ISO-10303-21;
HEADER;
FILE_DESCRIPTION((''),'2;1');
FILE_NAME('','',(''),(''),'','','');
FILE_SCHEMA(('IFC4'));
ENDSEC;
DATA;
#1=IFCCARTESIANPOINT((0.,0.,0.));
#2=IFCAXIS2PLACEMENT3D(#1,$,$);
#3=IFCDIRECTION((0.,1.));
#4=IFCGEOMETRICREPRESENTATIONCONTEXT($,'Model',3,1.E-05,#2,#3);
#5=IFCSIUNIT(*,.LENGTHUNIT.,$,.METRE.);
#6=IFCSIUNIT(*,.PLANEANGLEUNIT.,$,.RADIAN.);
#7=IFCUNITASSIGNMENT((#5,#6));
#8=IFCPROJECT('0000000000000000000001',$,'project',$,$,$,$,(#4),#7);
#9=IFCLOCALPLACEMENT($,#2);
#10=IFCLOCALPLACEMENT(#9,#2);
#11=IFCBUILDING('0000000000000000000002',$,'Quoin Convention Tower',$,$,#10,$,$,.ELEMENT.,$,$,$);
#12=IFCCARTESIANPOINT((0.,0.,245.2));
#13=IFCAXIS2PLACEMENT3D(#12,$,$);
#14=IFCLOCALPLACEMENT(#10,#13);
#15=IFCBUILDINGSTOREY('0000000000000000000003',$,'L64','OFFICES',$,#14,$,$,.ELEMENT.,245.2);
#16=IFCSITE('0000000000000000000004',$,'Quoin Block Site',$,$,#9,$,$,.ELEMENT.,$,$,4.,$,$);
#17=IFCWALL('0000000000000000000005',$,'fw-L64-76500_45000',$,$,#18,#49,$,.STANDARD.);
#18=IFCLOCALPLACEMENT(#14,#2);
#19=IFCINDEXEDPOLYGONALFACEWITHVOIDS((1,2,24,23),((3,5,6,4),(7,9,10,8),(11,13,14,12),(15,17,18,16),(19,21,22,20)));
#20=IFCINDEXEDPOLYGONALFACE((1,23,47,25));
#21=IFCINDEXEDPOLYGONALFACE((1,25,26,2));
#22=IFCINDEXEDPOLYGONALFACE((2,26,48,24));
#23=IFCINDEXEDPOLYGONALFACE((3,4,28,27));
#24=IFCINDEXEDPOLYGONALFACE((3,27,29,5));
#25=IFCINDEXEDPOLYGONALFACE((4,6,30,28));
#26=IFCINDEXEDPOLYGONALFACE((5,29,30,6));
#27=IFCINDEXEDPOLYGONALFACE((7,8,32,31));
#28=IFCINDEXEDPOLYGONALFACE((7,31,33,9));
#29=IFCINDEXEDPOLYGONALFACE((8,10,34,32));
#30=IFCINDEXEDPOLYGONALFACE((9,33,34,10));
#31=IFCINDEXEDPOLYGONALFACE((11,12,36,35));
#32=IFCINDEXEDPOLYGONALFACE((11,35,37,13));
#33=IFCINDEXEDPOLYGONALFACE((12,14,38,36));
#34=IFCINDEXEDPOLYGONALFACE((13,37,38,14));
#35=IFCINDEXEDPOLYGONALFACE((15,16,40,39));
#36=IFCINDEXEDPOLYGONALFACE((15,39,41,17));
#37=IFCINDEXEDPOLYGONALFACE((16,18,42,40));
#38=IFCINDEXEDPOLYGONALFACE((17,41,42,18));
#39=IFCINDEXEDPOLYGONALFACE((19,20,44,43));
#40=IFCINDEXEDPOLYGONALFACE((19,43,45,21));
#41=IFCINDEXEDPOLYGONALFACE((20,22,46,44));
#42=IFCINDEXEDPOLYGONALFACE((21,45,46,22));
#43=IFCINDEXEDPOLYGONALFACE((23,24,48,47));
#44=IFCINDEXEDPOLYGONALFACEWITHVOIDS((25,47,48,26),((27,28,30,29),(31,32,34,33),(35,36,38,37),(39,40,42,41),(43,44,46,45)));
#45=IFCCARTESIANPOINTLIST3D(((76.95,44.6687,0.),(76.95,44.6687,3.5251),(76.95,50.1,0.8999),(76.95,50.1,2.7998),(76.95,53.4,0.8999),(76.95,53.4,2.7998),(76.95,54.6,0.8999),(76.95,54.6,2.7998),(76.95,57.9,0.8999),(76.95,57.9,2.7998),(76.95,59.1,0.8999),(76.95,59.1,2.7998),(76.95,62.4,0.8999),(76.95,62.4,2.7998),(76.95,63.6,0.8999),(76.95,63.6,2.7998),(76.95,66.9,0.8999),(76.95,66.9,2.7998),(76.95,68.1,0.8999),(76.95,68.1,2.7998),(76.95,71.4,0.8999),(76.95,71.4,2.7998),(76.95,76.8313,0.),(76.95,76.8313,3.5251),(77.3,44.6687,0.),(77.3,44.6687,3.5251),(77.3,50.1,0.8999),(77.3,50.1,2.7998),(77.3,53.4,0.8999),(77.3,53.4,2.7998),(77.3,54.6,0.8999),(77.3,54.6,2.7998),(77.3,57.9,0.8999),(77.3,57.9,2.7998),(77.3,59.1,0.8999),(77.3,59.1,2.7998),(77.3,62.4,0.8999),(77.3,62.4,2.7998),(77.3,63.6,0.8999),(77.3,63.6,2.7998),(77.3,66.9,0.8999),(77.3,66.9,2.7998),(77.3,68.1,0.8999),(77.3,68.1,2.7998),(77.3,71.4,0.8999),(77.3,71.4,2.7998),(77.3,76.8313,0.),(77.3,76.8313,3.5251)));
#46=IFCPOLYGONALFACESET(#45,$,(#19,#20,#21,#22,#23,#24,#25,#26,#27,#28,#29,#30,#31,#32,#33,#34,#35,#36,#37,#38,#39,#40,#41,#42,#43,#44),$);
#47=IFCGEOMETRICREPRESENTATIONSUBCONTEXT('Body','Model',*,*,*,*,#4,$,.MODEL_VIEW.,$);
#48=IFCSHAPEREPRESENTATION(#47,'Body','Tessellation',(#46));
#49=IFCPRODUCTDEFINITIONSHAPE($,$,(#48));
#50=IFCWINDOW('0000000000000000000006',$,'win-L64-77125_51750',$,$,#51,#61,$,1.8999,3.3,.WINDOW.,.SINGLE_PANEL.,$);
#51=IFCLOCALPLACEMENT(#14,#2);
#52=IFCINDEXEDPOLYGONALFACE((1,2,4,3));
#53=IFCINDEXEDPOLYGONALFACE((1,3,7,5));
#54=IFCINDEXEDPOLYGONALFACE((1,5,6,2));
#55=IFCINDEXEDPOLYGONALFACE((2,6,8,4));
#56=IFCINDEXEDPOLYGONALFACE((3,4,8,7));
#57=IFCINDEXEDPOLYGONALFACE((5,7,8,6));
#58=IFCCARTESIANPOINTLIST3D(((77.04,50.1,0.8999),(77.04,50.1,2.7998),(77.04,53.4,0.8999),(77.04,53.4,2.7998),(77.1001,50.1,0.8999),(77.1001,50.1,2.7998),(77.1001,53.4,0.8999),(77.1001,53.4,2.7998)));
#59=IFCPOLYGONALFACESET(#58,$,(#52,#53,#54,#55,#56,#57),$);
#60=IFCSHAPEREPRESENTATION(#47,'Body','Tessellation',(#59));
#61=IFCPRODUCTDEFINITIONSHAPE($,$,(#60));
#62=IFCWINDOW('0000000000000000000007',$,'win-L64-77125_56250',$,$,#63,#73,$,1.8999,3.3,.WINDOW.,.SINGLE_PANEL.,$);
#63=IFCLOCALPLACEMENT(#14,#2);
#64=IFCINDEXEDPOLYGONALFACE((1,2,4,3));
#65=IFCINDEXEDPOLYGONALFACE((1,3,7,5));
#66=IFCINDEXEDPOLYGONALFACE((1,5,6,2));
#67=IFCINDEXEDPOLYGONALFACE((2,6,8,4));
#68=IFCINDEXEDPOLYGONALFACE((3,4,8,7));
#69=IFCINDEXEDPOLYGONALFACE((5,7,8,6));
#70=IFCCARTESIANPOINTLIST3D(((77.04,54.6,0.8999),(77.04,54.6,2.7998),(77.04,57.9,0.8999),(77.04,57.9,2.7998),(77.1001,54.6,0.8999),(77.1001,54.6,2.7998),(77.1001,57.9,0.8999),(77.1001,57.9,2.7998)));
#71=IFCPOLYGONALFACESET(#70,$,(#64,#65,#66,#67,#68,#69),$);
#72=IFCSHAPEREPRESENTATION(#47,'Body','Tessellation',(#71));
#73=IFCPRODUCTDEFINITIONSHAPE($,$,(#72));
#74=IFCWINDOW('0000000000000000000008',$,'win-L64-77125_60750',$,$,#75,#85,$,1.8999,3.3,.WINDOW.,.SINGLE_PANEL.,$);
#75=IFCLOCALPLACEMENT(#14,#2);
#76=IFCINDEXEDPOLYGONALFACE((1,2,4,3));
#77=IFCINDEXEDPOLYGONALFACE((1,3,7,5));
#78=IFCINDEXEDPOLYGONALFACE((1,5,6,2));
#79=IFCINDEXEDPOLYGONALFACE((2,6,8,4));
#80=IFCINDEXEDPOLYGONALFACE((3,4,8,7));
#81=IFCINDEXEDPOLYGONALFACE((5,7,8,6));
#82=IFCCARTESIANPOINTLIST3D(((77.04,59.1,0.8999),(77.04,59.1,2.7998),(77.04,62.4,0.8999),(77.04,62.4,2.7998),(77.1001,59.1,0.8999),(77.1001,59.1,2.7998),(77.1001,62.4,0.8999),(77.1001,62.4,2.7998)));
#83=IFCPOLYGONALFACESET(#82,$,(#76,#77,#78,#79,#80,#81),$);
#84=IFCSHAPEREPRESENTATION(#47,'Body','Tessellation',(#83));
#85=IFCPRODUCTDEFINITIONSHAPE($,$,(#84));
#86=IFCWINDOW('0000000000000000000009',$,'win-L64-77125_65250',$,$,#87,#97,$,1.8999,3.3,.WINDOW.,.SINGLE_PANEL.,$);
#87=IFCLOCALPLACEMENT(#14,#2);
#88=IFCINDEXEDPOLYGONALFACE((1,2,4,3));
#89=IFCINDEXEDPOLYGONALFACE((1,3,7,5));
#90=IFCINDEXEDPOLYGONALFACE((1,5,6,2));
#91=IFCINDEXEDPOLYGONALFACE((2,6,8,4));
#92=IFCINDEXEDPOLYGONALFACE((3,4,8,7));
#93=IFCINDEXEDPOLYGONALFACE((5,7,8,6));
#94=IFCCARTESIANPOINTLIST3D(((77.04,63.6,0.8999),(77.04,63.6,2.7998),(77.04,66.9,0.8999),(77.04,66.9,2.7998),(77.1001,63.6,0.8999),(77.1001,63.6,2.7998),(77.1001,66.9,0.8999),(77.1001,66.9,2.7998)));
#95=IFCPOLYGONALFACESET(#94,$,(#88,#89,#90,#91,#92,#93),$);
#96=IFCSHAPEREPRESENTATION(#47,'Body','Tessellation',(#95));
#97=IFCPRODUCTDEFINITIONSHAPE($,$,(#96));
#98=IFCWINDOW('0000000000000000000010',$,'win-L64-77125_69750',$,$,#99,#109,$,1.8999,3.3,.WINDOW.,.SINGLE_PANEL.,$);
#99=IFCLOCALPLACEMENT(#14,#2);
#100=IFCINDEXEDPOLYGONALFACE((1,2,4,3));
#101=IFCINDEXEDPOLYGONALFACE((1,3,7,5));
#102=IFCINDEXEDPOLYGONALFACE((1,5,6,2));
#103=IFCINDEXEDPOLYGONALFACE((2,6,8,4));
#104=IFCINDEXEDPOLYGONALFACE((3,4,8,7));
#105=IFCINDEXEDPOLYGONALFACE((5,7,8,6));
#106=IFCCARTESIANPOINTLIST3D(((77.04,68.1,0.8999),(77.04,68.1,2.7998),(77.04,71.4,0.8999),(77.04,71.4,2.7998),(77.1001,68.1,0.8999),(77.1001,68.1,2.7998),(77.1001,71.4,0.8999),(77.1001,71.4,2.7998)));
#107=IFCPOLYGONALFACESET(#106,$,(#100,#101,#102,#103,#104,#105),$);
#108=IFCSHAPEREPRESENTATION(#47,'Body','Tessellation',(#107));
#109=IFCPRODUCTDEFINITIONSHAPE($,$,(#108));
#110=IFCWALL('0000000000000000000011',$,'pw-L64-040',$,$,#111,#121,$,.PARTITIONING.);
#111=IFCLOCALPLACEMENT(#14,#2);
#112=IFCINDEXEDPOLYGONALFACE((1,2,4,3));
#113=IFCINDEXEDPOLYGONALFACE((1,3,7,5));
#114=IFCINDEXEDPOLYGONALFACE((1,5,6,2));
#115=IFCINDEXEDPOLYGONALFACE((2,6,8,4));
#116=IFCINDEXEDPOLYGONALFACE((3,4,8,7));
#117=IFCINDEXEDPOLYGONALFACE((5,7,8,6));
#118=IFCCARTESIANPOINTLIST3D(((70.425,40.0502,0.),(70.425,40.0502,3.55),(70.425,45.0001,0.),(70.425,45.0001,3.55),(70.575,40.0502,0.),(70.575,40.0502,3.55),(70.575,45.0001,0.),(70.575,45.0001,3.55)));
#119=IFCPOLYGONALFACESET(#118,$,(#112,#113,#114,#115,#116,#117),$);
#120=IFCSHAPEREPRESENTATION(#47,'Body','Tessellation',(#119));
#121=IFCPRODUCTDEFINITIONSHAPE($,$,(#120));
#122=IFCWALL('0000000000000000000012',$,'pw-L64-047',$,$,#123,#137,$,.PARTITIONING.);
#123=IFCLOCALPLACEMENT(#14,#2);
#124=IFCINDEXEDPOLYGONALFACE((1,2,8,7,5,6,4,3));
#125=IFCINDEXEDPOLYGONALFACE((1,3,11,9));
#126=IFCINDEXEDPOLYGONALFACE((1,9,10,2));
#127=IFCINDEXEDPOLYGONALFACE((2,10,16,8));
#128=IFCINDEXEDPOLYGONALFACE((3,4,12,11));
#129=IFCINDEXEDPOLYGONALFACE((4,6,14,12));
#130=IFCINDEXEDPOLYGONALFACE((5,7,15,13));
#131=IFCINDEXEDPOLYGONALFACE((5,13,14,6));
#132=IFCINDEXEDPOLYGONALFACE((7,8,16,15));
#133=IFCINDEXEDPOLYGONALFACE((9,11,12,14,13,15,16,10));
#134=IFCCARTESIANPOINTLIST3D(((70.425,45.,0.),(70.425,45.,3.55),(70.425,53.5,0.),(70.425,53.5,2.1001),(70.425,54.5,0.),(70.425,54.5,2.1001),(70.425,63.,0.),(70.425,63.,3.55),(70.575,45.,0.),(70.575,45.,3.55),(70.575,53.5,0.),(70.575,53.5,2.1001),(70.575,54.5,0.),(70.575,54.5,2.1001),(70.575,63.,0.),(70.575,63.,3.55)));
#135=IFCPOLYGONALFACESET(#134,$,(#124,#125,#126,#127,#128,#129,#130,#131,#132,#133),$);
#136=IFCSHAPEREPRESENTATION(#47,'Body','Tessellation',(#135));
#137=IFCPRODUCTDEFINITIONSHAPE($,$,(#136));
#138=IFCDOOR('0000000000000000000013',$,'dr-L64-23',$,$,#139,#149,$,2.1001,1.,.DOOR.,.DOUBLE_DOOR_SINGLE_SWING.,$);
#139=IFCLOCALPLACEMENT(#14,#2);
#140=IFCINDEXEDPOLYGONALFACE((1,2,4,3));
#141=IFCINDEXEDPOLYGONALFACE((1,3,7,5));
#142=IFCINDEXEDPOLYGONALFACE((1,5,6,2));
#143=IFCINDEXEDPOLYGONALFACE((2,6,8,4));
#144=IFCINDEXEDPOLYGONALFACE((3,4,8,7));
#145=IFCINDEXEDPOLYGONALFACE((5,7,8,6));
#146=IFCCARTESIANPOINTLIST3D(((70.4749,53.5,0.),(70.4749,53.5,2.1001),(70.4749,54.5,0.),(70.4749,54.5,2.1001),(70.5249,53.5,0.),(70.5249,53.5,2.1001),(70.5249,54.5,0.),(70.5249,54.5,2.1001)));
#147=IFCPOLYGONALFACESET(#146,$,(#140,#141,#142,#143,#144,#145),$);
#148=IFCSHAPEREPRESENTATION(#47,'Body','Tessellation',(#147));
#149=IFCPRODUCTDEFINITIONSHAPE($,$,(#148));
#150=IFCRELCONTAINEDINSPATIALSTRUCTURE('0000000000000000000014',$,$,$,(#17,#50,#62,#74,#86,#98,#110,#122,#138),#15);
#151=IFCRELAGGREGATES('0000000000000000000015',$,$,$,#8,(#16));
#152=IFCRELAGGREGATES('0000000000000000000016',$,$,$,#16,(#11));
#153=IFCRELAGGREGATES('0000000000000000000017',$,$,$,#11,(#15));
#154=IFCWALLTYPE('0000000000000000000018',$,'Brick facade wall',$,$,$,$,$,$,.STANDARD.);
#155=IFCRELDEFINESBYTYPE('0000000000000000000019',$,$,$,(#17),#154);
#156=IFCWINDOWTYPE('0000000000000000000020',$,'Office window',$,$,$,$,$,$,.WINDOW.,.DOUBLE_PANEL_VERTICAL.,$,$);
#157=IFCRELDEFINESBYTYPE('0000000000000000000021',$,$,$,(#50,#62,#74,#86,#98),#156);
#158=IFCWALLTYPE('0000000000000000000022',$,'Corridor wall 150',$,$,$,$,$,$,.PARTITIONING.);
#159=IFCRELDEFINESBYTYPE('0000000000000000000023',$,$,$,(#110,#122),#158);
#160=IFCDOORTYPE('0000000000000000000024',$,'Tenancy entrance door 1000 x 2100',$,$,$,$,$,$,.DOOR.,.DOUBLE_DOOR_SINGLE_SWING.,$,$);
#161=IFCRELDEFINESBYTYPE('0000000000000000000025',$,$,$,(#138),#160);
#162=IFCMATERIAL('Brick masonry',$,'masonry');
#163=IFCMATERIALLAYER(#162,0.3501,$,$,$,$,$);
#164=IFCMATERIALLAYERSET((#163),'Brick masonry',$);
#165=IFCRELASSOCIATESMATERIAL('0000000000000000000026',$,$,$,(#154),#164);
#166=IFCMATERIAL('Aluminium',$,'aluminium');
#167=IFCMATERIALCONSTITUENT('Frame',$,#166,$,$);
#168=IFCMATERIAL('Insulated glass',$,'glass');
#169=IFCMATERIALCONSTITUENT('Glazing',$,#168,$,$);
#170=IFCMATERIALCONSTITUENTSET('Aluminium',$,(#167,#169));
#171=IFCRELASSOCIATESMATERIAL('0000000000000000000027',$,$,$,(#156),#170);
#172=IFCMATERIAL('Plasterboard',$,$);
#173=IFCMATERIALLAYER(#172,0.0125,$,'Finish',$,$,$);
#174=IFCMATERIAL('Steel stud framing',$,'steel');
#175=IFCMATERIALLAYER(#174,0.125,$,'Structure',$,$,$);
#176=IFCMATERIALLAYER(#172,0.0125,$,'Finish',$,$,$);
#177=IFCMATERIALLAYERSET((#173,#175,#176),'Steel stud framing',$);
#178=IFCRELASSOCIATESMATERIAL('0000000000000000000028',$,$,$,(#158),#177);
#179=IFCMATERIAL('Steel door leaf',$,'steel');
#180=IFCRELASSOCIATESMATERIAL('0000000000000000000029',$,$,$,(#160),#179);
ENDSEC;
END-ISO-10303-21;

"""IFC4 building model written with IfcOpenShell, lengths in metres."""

from ifc_helpers import new_model, si_unit, direction, frame, frame_2d, origin, place, context, subcontext, project, spatial, rectangle, extrude, material, layer, layer_set, constituent, constituent_set, type_object, element, fill, save


model = new_model("IFC4")

# Units and contexts
model_context = context("Model", 3, precision=1e-05, world=origin(), true_north=direction((0.0, 1.0)))
body_context = subcontext(model_context, "Body", "Model", "MODEL_VIEW")
ifc_project = project(units=[si_unit("LENGTHUNIT", "METRE"), si_unit("PLANEANGLEUNIT", "RADIAN")], contexts=[model_context])

# Site, building, storey
site_placement = place(None, origin())
site = spatial("IfcSite", under=ifc_project, at=site_placement, Name="Quoin Block Site", CompositionType="ELEMENT", RefElevation=4.0)
building_placement = place(site_placement, origin())
building = spatial("IfcBuilding", under=site, at=building_placement, Name="Quoin Convention Tower", CompositionType="ELEMENT")
storey_placement = place(building_placement, frame((0.0, 0.0, 245.2)))
storey = spatial("IfcBuildingStorey", under=building, at=storey_placement, Name="L64", Description="OFFICES", CompositionType="ELEMENT", Elevation=245.2)

# Shared definitions
ifc_material_1 = material(Name="Brick masonry", Category="masonry")
ifc_layer_1 = layer(ifc_material_1, 0.3501)
ifc_layer_set_1 = layer_set([ifc_layer_1], Name="Brick masonry")
wall_type_1 = type_object("IfcWallType", Name="Brick facade wall", PredefinedType="STANDARD", material=ifc_layer_set_1)
ifc_material_2 = material(Name="Aluminium", Category="aluminium")
ifc_constituent_1 = constituent(ifc_material_2, Name="Frame")
ifc_material_3 = material(Name="Insulated glass", Category="glass")
ifc_constituent_2 = constituent(ifc_material_3, Name="Glazing")
ifc_constituent_set = constituent_set(constituents=[ifc_constituent_1, ifc_constituent_2], Name="Aluminium")
window_type = type_object("IfcWindowType", Name="Office window", PartitioningType="DOUBLE_PANEL_VERTICAL", PredefinedType="WINDOW", material=ifc_constituent_set)

# Wall, openings, windows
wall_1_placement = place(storey_placement, frame((77.125, 44.6687, 0.0), z_axis=(0.0, 0.0, 1.0), x_axis=(0.0, 1.0, 0.0)))
wall_1 = element("IfcWall", 1, at=wall_1_placement, inside=storey, type_object=wall_type_1, Name="fw-L64-76500_45000", PredefinedType="STANDARD", context=body_context, shape_type="SweptSolid", body=[
    extrude(rectangle(XDim=32.1626, YDim=0.3501, at=frame_2d((16.0813, 0.0))), origin(), (0.0, 0.0, 1.0), 3.5251),
])
opening_1_placement = place(wall_1_placement, frame((5.4314, 0.0, 0.8999)))
opening_1 = element("IfcOpeningElement", 2, at=opening_1_placement, cuts=wall_1, PredefinedType="OPENING", context=body_context, shape_type="SweptSolid", body=[
    extrude(rectangle(XDim=3.3, YDim=1.8999, at=frame_2d((1.6499, 0.95))), frame((0.0, 0.1851, 0.0), z_axis=(0.0, -1.0, 0.0), x_axis=(1.0, 0.0, 0.0)), (0.0, 0.0, 1.0), 0.3701),
])
opening_2_placement = place(wall_1_placement, frame((9.9314, 0.0, 0.8999)))
opening_2 = element("IfcOpeningElement", 3, at=opening_2_placement, cuts=wall_1, PredefinedType="OPENING", context=body_context, shape_type="SweptSolid", body=[
    extrude(rectangle(XDim=3.3, YDim=1.8999, at=frame_2d((1.6499, 0.95))), frame((0.0, 0.1851, 0.0), z_axis=(0.0, -1.0, 0.0), x_axis=(1.0, 0.0, 0.0)), (0.0, 0.0, 1.0), 0.3701),
])
opening_3_placement = place(wall_1_placement, frame((14.4314, 0.0, 0.8999)))
opening_3 = element("IfcOpeningElement", 4, at=opening_3_placement, cuts=wall_1, PredefinedType="OPENING", context=body_context, shape_type="SweptSolid", body=[
    extrude(rectangle(XDim=3.3, YDim=1.8999, at=frame_2d((1.6499, 0.95))), frame((0.0, 0.1851, 0.0), z_axis=(0.0, -1.0, 0.0), x_axis=(1.0, 0.0, 0.0)), (0.0, 0.0, 1.0), 0.3701),
])
opening_4_placement = place(wall_1_placement, frame((18.9314, 0.0, 0.8999)))
opening_4 = element("IfcOpeningElement", 5, at=opening_4_placement, cuts=wall_1, PredefinedType="OPENING", context=body_context, shape_type="SweptSolid", body=[
    extrude(rectangle(XDim=3.3, YDim=1.8999, at=frame_2d((1.6499, 0.95))), frame((0.0, 0.1851, 0.0), z_axis=(0.0, -1.0, 0.0), x_axis=(1.0, 0.0, 0.0)), (0.0, 0.0, 1.0), 0.3701),
])
opening_5_placement = place(wall_1_placement, frame((23.4314, 0.0, 0.8999)))
opening_5 = element("IfcOpeningElement", 6, at=opening_5_placement, cuts=wall_1, PredefinedType="OPENING", context=body_context, shape_type="SweptSolid", body=[
    extrude(rectangle(XDim=3.3, YDim=1.8999, at=frame_2d((1.6499, 0.95))), frame((0.0, 0.1851, 0.0), z_axis=(0.0, -1.0, 0.0), x_axis=(1.0, 0.0, 0.0)), (0.0, 0.0, 1.0), 0.3701),
])
window_1_placement = place(opening_1_placement, origin())
window_1 = element("IfcWindow", 7, at=window_1_placement, inside=storey, type_object=window_type, Name="win-L64-77125_51750", OverallHeight=1.8999, OverallWidth=3.3, PartitioningType="SINGLE_PANEL", PredefinedType="WINDOW", context=body_context, shape_type="SweptSolid", body=[
    extrude(rectangle(XDim=3.3, YDim=1.8999, at=frame_2d((1.6499, 0.95))), frame((0.0, 0.085, 0.0), z_axis=(0.0, -1.0, 0.0), x_axis=(1.0, 0.0, 0.0)), (0.0, 0.0, 1.0), 0.0601),
])
fill(opening_1, window_1)
window_2_placement = place(opening_2_placement, origin())
window_2 = element("IfcWindow", 8, at=window_2_placement, inside=storey, type_object=window_type, Name="win-L64-77125_56250", OverallHeight=1.8999, OverallWidth=3.3, PartitioningType="SINGLE_PANEL", PredefinedType="WINDOW", context=body_context, shape_type="SweptSolid", body=[
    extrude(rectangle(XDim=3.3, YDim=1.8999, at=frame_2d((1.6499, 0.95))), frame((0.0, 0.085, 0.0), z_axis=(0.0, -1.0, 0.0), x_axis=(1.0, 0.0, 0.0)), (0.0, 0.0, 1.0), 0.0601),
])
fill(opening_2, window_2)
window_3_placement = place(opening_3_placement, origin())
window_3 = element("IfcWindow", 9, at=window_3_placement, inside=storey, type_object=window_type, Name="win-L64-77125_60750", OverallHeight=1.8999, OverallWidth=3.3, PartitioningType="SINGLE_PANEL", PredefinedType="WINDOW", context=body_context, shape_type="SweptSolid", body=[
    extrude(rectangle(XDim=3.3, YDim=1.8999, at=frame_2d((1.6499, 0.95))), frame((0.0, 0.085, 0.0), z_axis=(0.0, -1.0, 0.0), x_axis=(1.0, 0.0, 0.0)), (0.0, 0.0, 1.0), 0.0601),
])
fill(opening_3, window_3)
window_4_placement = place(opening_4_placement, origin())
window_4 = element("IfcWindow", 10, at=window_4_placement, inside=storey, type_object=window_type, Name="win-L64-77125_65250", OverallHeight=1.8999, OverallWidth=3.3, PartitioningType="SINGLE_PANEL", PredefinedType="WINDOW", context=body_context, shape_type="SweptSolid", body=[
    extrude(rectangle(XDim=3.3, YDim=1.8999, at=frame_2d((1.6499, 0.95))), frame((0.0, 0.085, 0.0), z_axis=(0.0, -1.0, 0.0), x_axis=(1.0, 0.0, 0.0)), (0.0, 0.0, 1.0), 0.0601),
])
fill(opening_4, window_4)
window_5_placement = place(opening_5_placement, origin())
window_5 = element("IfcWindow", 11, at=window_5_placement, inside=storey, type_object=window_type, Name="win-L64-77125_69750", OverallHeight=1.8999, OverallWidth=3.3, PartitioningType="SINGLE_PANEL", PredefinedType="WINDOW", context=body_context, shape_type="SweptSolid", body=[
    extrude(rectangle(XDim=3.3, YDim=1.8999, at=frame_2d((1.6499, 0.95))), frame((0.0, 0.085, 0.0), z_axis=(0.0, -1.0, 0.0), x_axis=(1.0, 0.0, 0.0)), (0.0, 0.0, 1.0), 0.0601),
])
fill(opening_5, window_5)

# Wall
ifc_material_4 = material(Name="Plasterboard")
ifc_layer_2 = layer(ifc_material_4, 0.0125, Name="Finish")
ifc_material_5 = material(Name="Steel stud framing", Category="steel")
ifc_layer_3 = layer(ifc_material_5, 0.125, Name="Structure")
ifc_layer_4 = layer(ifc_material_4, 0.0125, Name="Finish")
ifc_layer_set_2 = layer_set([ifc_layer_2, ifc_layer_3, ifc_layer_4], Name="Steel stud framing")
wall_type_2 = type_object("IfcWallType", Name="Corridor wall 150", PredefinedType="PARTITIONING", material=ifc_layer_set_2)
wall_2_placement = place(storey_placement, frame((70.5, 40.05, 0.0), z_axis=(0.0, 0.0, 1.0), x_axis=(0.0, 1.0, 0.0)))
element("IfcWall", 12, at=wall_2_placement, inside=storey, type_object=wall_type_2, Name="pw-L64-040", PredefinedType="PARTITIONING", context=body_context, shape_type="SweptSolid", body=[
    extrude(rectangle(XDim=4.95, YDim=0.1499, at=frame_2d((2.4751, 0.0))), origin(), (0.0, 0.0, 1.0), 3.55),
])

# Wall, opening, door
wall_3_placement = place(storey_placement, frame((70.5, 45.0, 0.0), z_axis=(0.0, 0.0, 1.0), x_axis=(0.0, 1.0, 0.0)))
wall_3 = element("IfcWall", 13, at=wall_3_placement, inside=storey, type_object=wall_type_2, Name="pw-L64-047", PredefinedType="PARTITIONING", context=body_context, shape_type="SweptSolid", body=[
    extrude(rectangle(XDim=18.0, YDim=0.1499, at=frame_2d((9.0, 0.0))), origin(), (0.0, 0.0, 1.0), 3.55),
])
opening_6_placement = place(wall_3_placement, frame((8.5, 0.0, 0.0)))
opening_6 = element("IfcOpeningElement", 14, at=opening_6_placement, cuts=wall_3, PredefinedType="OPENING", context=body_context, shape_type="SweptSolid", body=[
    extrude(rectangle(XDim=1.0, YDim=2.1001, at=frame_2d((0.5, 1.05))), frame((0.0, 0.085, 0.0), z_axis=(0.0, -1.0, 0.0), x_axis=(1.0, 0.0, 0.0)), (0.0, 0.0, 1.0), 0.1699),
])
ifc_material_6 = material(Name="Steel door leaf", Category="steel")
door_type_1 = type_object("IfcDoorType", Name="Tenancy entrance door 1000 x 2100", OperationType="DOUBLE_DOOR_SINGLE_SWING", PredefinedType="DOOR", material=ifc_material_6)
door_1_placement = place(opening_6_placement, frame((1.0, 0.0, 0.0), z_axis=(0.0, 0.0, 1.0), x_axis=(-1.0, 0.0, 0.0)))
door_1 = element("IfcDoor", 15, at=door_1_placement, inside=storey, type_object=door_type_1, Name="dr-L64-23", OperationType="DOUBLE_DOOR_SINGLE_SWING", OverallHeight=2.1001, OverallWidth=1.0, PredefinedType="DOOR", context=body_context, shape_type="SweptSolid", body=[
    extrude(rectangle(XDim=1.0, YDim=2.1001, at=frame_2d((0.5, 1.05))), frame((0.0, 0.0249, 0.0), z_axis=(0.0, -1.0, 0.0), x_axis=(1.0, 0.0, 0.0)), (0.0, 0.0, 1.0), 0.05),
])
fill(opening_6, door_1)

save(model, "model.ifc")
